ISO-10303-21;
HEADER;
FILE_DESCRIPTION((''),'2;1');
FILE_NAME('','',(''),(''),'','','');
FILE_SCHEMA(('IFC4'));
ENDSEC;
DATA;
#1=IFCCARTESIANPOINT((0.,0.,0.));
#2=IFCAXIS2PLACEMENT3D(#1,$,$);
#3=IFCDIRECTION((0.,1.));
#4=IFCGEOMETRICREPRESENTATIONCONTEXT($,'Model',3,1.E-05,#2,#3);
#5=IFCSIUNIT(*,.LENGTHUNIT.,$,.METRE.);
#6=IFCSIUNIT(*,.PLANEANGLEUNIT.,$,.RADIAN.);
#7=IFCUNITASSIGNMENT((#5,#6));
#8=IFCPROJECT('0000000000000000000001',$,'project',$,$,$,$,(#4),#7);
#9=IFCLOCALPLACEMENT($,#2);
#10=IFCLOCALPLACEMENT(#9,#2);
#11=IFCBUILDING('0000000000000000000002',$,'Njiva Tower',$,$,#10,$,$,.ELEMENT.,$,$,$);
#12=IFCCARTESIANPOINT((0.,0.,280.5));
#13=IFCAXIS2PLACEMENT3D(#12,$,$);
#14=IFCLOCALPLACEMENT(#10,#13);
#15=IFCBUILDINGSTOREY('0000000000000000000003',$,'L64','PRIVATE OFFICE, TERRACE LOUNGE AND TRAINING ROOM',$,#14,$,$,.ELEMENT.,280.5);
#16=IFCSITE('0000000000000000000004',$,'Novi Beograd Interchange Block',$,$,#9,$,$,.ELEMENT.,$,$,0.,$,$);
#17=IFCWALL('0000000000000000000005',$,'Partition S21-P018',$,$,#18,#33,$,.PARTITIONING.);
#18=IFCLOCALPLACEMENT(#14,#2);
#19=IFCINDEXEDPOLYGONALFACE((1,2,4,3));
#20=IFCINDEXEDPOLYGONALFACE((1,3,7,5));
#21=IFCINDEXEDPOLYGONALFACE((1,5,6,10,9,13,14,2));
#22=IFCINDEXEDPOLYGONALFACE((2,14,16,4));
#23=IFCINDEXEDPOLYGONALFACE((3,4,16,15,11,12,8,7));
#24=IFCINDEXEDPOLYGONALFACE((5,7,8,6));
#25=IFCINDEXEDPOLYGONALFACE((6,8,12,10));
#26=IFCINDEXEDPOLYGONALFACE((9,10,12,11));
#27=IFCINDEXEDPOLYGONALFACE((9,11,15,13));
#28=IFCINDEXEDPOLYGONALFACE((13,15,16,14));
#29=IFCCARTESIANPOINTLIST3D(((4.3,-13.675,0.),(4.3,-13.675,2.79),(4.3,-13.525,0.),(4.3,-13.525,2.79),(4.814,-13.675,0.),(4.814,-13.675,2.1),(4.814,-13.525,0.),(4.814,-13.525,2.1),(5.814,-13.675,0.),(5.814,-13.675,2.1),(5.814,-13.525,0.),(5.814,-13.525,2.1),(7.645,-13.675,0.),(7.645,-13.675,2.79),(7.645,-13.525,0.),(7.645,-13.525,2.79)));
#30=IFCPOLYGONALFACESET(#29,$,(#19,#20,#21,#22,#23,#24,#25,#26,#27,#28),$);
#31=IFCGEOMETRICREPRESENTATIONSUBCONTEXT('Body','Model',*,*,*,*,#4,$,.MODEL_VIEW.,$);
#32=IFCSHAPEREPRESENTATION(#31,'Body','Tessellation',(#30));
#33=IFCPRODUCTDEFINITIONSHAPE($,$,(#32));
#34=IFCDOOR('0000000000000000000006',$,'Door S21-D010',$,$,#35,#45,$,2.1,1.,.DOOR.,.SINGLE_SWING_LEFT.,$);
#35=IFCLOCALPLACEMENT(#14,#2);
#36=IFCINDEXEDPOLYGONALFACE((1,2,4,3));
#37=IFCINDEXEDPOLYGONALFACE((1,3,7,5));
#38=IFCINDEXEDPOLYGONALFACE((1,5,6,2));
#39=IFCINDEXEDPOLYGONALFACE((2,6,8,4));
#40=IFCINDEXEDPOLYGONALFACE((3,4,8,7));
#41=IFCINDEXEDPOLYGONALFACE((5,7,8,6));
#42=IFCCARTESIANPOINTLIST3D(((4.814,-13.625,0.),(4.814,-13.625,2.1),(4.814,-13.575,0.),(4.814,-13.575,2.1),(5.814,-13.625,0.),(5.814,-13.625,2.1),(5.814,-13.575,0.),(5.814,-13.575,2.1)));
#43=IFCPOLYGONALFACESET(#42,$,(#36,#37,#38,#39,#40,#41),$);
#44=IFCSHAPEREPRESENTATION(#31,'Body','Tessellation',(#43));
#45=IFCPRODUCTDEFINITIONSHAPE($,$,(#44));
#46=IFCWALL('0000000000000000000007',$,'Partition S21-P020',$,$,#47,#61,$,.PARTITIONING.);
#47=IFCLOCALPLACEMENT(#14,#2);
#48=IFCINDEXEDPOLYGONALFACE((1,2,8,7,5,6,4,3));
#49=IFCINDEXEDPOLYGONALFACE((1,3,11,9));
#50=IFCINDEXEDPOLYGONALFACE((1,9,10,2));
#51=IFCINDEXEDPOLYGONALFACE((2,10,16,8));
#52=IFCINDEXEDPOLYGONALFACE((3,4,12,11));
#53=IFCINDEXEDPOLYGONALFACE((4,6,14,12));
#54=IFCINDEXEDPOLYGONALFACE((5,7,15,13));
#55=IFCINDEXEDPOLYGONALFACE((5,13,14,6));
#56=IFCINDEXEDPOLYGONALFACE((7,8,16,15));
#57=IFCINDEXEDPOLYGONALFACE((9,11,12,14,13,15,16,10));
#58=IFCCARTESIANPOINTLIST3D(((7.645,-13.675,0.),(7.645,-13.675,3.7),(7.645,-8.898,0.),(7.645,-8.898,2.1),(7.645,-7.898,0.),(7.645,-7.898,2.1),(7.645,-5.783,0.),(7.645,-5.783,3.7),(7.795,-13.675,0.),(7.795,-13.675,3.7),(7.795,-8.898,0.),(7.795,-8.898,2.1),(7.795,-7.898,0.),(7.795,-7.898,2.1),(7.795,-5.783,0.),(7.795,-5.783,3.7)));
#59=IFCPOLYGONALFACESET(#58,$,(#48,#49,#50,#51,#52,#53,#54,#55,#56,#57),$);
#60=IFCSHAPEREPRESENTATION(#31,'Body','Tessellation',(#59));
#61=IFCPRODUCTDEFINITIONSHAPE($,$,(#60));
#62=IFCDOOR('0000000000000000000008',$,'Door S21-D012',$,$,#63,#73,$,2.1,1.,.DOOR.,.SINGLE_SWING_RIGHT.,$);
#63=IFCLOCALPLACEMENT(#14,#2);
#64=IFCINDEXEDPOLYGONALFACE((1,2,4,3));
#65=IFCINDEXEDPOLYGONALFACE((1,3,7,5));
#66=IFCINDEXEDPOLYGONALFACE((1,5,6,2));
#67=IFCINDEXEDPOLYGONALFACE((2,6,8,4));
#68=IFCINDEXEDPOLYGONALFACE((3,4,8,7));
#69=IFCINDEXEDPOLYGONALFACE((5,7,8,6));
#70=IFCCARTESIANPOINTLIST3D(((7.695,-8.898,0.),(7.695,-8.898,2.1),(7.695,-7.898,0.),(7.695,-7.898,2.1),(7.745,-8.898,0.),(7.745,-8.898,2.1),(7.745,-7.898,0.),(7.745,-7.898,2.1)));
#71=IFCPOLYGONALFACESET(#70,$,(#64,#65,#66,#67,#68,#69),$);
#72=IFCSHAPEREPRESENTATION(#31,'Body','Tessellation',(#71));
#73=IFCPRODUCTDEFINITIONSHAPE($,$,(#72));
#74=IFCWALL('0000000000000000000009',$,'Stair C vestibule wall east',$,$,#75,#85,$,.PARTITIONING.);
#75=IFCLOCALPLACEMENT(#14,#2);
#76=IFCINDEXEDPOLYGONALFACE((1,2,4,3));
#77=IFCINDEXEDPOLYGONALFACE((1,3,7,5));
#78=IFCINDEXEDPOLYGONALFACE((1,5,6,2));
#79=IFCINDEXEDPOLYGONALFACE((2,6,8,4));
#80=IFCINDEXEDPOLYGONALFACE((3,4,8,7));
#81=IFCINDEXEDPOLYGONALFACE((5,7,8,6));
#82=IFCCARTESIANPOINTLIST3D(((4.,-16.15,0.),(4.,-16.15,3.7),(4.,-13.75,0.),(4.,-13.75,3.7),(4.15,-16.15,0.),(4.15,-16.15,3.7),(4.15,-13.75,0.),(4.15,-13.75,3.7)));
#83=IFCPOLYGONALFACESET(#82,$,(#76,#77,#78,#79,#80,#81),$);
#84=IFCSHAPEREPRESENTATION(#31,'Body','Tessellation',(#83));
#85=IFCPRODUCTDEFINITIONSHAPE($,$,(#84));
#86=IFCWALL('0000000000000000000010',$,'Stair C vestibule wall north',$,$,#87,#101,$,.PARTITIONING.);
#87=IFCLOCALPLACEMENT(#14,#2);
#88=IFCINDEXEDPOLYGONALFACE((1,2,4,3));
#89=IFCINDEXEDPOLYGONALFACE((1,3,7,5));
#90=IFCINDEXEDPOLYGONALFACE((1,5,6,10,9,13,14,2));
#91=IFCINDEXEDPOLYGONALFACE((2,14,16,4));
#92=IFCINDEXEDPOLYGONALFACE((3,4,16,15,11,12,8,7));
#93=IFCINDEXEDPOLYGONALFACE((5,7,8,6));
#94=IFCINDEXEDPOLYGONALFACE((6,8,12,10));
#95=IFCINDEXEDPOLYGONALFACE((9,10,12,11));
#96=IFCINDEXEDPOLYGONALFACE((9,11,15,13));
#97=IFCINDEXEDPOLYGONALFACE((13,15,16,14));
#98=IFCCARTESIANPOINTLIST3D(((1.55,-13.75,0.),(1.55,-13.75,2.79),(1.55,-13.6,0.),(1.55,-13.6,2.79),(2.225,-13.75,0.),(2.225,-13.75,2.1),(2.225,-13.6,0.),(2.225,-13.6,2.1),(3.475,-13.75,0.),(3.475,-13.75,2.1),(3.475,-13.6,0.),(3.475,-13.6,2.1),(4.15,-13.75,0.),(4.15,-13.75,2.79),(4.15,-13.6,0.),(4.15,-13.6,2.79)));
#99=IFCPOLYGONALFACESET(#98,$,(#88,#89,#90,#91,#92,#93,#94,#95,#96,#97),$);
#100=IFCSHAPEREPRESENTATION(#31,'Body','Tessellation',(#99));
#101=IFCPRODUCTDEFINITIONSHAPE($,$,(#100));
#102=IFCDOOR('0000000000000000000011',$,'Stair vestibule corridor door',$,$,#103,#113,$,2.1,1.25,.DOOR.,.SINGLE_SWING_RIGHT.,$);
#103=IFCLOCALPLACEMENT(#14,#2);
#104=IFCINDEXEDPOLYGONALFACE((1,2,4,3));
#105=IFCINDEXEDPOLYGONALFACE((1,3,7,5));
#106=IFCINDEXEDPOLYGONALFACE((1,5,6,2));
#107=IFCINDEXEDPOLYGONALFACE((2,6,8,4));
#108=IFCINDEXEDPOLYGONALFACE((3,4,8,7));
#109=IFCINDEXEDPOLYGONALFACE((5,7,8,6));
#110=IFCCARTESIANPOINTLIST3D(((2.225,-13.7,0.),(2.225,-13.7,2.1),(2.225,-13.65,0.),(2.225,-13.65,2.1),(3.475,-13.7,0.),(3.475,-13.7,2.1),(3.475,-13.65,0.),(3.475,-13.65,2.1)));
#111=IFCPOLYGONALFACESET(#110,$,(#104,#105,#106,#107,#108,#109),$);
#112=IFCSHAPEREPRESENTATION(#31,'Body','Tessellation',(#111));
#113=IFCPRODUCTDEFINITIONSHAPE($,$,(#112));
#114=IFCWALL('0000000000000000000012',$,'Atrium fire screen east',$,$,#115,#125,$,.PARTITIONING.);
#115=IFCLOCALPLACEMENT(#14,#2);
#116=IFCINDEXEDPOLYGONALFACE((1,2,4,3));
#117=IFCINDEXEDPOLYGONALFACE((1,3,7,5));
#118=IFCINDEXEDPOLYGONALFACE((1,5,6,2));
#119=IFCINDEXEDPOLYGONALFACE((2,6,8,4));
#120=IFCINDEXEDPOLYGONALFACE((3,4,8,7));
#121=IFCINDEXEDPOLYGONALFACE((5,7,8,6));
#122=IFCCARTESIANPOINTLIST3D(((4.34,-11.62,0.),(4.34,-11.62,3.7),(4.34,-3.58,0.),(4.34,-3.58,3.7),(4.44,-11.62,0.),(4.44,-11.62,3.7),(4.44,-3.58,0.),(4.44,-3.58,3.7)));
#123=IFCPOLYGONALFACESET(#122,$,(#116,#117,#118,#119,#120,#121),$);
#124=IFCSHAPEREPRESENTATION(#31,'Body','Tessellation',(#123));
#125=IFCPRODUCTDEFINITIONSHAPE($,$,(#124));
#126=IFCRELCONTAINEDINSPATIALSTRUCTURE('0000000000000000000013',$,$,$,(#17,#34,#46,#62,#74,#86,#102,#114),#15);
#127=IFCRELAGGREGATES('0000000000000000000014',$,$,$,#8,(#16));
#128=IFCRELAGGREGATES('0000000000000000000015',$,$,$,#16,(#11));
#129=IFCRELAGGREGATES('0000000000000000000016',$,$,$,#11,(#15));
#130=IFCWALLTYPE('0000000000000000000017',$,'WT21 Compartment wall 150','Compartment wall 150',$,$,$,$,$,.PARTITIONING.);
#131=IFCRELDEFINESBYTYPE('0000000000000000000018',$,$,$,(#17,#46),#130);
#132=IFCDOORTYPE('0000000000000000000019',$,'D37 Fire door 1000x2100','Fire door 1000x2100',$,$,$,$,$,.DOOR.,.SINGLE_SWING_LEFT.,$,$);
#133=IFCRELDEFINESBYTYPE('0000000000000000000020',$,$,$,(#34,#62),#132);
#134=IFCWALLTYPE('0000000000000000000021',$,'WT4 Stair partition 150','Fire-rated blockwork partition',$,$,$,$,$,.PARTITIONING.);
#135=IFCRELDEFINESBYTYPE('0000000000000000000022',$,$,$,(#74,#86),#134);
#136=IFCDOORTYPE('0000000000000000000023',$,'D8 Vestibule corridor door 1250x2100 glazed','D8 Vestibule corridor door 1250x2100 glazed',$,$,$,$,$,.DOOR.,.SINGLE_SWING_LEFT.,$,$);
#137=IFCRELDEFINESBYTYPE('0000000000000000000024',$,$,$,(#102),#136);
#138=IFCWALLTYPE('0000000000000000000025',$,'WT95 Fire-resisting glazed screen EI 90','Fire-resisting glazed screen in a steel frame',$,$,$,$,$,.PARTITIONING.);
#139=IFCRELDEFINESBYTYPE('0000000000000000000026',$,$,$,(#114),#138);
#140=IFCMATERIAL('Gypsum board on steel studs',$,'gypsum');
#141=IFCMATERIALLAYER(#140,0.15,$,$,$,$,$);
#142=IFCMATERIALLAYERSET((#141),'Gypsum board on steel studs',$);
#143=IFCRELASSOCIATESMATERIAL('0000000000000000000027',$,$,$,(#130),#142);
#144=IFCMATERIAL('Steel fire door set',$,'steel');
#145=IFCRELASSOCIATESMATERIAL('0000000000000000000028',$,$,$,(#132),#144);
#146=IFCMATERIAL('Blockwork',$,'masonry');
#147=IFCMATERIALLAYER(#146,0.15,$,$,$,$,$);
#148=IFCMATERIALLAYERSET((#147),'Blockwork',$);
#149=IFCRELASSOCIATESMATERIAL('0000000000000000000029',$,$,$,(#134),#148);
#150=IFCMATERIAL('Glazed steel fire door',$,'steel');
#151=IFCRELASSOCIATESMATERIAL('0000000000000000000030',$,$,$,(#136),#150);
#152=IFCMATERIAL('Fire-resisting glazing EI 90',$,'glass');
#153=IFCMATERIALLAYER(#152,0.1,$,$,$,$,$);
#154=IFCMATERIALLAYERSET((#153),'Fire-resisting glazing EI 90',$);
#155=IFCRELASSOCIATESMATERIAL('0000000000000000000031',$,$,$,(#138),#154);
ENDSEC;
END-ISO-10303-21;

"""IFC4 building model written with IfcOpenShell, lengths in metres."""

from ifc_helpers import new_model, si_unit, direction, frame, frame_2d, origin, place, context, subcontext, project, spatial, rectangle, extrude, material, layer, layer_set, type_object, element, fill, save


model = new_model("IFC4")

# Units and contexts
model_context = context("Model", 3, precision=1e-05, world=origin(), true_north=direction((0.0, 1.0)))
body_context = subcontext(model_context, "Body", "Model", "MODEL_VIEW")
ifc_project = project(units=[si_unit("LENGTHUNIT", "METRE"), si_unit("PLANEANGLEUNIT", "RADIAN")], contexts=[model_context])

# Site, building, storey
site_placement = place(None, origin())
site = spatial("IfcSite", under=ifc_project, at=site_placement, Name="Novi Beograd Interchange Block", CompositionType="ELEMENT", RefElevation=0.0)
building_placement = place(site_placement, origin())
building = spatial("IfcBuilding", under=site, at=building_placement, Name="Njiva Tower", CompositionType="ELEMENT")
storey_placement = place(building_placement, frame((0.0, 0.0, 280.5)))
storey = spatial("IfcBuildingStorey", under=building, at=storey_placement, Name="L64", Description="PRIVATE OFFICE, TERRACE LOUNGE AND TRAINING ROOM", CompositionType="ELEMENT", Elevation=280.5)

# Walls, openings, doors
ifc_material_1 = material(Name="Gypsum board on steel studs", Category="gypsum")
ifc_layer_1 = layer(ifc_material_1, 0.15)
ifc_layer_set_1 = layer_set([ifc_layer_1], Name="Gypsum board on steel studs")
wall_type_1 = type_object("IfcWallType", Name="WT21 Compartment wall 150", Description="Compartment wall 150", PredefinedType="PARTITIONING", material=ifc_layer_set_1)
wall_1_placement = place(storey_placement, frame((4.3, -13.6, 0.0), z_axis=(0.0, 0.0, 1.0), x_axis=(1.0, 0.0, 0.0)))
wall_1 = element("IfcWall", 1, at=wall_1_placement, inside=storey, type_object=wall_type_1, Name="Partition S21-P018", PredefinedType="PARTITIONING", context=body_context, shape_type="SweptSolid", body=[
    extrude(rectangle(XDim=3.345, YDim=0.15, at=frame_2d((1.6725, 0.0))), origin(), (0.0, 0.0, 1.0), 2.79),
])
opening_1_placement = place(wall_1_placement, frame((0.514, 0.0, 0.0)))
opening_1 = element("IfcOpeningElement", 2, at=opening_1_placement, cuts=wall_1, PredefinedType="OPENING", context=body_context, shape_type="SweptSolid", body=[
    extrude(rectangle(XDim=1.0, YDim=2.1, at=frame_2d((0.5, 1.05))), frame((0.0, 0.085, 0.0), z_axis=(0.0, -1.0, 0.0), x_axis=(1.0, 0.0, 0.0)), (0.0, 0.0, 1.0), 0.17),
])
ifc_material_2 = material(Name="Steel fire door set", Category="steel")
door_type_1 = type_object("IfcDoorType", Name="D37 Fire door 1000x2100", Description="Fire door 1000x2100", OperationType="SINGLE_SWING_LEFT", PredefinedType="DOOR", material=ifc_material_2)
door_1_placement = place(opening_1_placement, origin())
door_1 = element("IfcDoor", 3, at=door_1_placement, inside=storey, type_object=door_type_1, Name="Door S21-D010", OperationType="SINGLE_SWING_LEFT", OverallHeight=2.1, OverallWidth=1.0, PredefinedType="DOOR", context=body_context, shape_type="SweptSolid", body=[
    extrude(rectangle(XDim=1.0, YDim=2.1, at=frame_2d((0.5, 1.05))), frame((0.0, 0.025, 0.0), z_axis=(0.0, -1.0, 0.0), x_axis=(1.0, 0.0, 0.0)), (0.0, 0.0, 1.0), 0.05),
])
fill(opening_1, door_1)
wall_2_placement = place(storey_placement, frame((7.72, -13.675, 0.0), z_axis=(0.0, 0.0, 1.0), x_axis=(0.0, 1.0, 0.0)))
wall_2 = element("IfcWall", 4, at=wall_2_placement, inside=storey, type_object=wall_type_1, Name="Partition S21-P020", PredefinedType="PARTITIONING", context=body_context, shape_type="SweptSolid", body=[
    extrude(rectangle(XDim=7.892, YDim=0.15, at=frame_2d((3.946, 0.0))), origin(), (0.0, 0.0, 1.0), 3.7),
])
opening_2_placement = place(wall_2_placement, frame((4.777, 0.0, 0.0)))
opening_2 = element("IfcOpeningElement", 5, at=opening_2_placement, cuts=wall_2, PredefinedType="OPENING", context=body_context, shape_type="SweptSolid", body=[
    extrude(rectangle(XDim=1.0, YDim=2.1, at=frame_2d((0.5, 1.05))), frame((0.0, 0.085, 0.0), z_axis=(0.0, -1.0, 0.0), x_axis=(1.0, 0.0, 0.0)), (0.0, 0.0, 1.0), 0.17),
])
door_2_placement = place(opening_2_placement, origin())
door_2 = element("IfcDoor", 6, at=door_2_placement, inside=storey, type_object=door_type_1, Name="Door S21-D012", OperationType="SINGLE_SWING_RIGHT", OverallHeight=2.1, OverallWidth=1.0, PredefinedType="DOOR", context=body_context, shape_type="SweptSolid", body=[
    extrude(rectangle(XDim=1.0, YDim=2.1, at=frame_2d((0.5, 1.05))), frame((0.0, 0.025, 0.0), z_axis=(0.0, -1.0, 0.0), x_axis=(1.0, 0.0, 0.0)), (0.0, 0.0, 1.0), 0.05),
])
fill(opening_2, door_2)

# Wall
ifc_material_3 = material(Name="Blockwork", Category="masonry")
ifc_layer_2 = layer(ifc_material_3, 0.15)
ifc_layer_set_2 = layer_set([ifc_layer_2], Name="Blockwork")
wall_type_2 = type_object("IfcWallType", Name="WT4 Stair partition 150", Description="Fire-rated blockwork partition", PredefinedType="PARTITIONING", material=ifc_layer_set_2)
wall_3_placement = place(storey_placement, frame((4.075, -16.15, 0.0), z_axis=(0.0, 0.0, 1.0), x_axis=(0.0, 1.0, 0.0)))
element("IfcWall", 7, at=wall_3_placement, inside=storey, type_object=wall_type_2, Name="Stair C vestibule wall east", PredefinedType="PARTITIONING", context=body_context, shape_type="SweptSolid", body=[
    extrude(rectangle(XDim=2.4, YDim=0.15, at=frame_2d((1.2, 0.0))), origin(), (0.0, 0.0, 1.0), 3.7),
])

# Wall, opening, door
wall_4_placement = place(storey_placement, frame((1.55, -13.675, 0.0), z_axis=(0.0, 0.0, 1.0), x_axis=(1.0, 0.0, 0.0)))
wall_4 = element("IfcWall", 8, at=wall_4_placement, inside=storey, type_object=wall_type_2, Name="Stair C vestibule wall north", PredefinedType="PARTITIONING", context=body_context, shape_type="SweptSolid", body=[
    extrude(rectangle(XDim=2.6, YDim=0.15, at=frame_2d((1.3, 0.0))), origin(), (0.0, 0.0, 1.0), 2.79),
])
opening_3_placement = place(wall_4_placement, frame((0.675, 0.0, 0.0)))
opening_3 = element("IfcOpeningElement", 9, at=opening_3_placement, cuts=wall_4, PredefinedType="OPENING", context=body_context, shape_type="SweptSolid", body=[
    extrude(rectangle(XDim=1.25, YDim=2.1, at=frame_2d((0.625, 1.05))), frame((0.0, 0.085, 0.0), z_axis=(0.0, -1.0, 0.0), x_axis=(1.0, 0.0, 0.0)), (0.0, 0.0, 1.0), 0.17),
])
ifc_material_4 = material(Name="Glazed steel fire door", Category="steel")
door_type_2 = type_object("IfcDoorType", Name="D8 Vestibule corridor door 1250x2100 glazed", Description="D8 Vestibule corridor door 1250x2100 glazed", OperationType="SINGLE_SWING_LEFT", PredefinedType="DOOR", material=ifc_material_4)
door_3_placement = place(opening_3_placement, origin())
door_3 = element("IfcDoor", 10, at=door_3_placement, inside=storey, type_object=door_type_2, Name="Stair vestibule corridor door", OperationType="SINGLE_SWING_RIGHT", OverallHeight=2.1, OverallWidth=1.25, PredefinedType="DOOR", context=body_context, shape_type="SweptSolid", body=[
    extrude(rectangle(XDim=1.25, YDim=2.1, at=frame_2d((0.625, 1.05))), frame((0.0, 0.025, 0.0), z_axis=(0.0, -1.0, 0.0), x_axis=(1.0, 0.0, 0.0)), (0.0, 0.0, 1.0), 0.05),
])
fill(opening_3, door_3)

# Wall
ifc_material_5 = material(Name="Fire-resisting glazing EI 90", Category="glass")
ifc_layer_3 = layer(ifc_material_5, 0.1)
ifc_layer_set_3 = layer_set([ifc_layer_3], Name="Fire-resisting glazing EI 90")
wall_type_3 = type_object("IfcWallType", Name="WT95 Fire-resisting glazed screen EI 90", Description="Fire-resisting glazed screen in a steel frame", PredefinedType="PARTITIONING", material=ifc_layer_set_3)
wall_5_placement = place(storey_placement, frame((4.39, -11.62, 0.0), z_axis=(0.0, 0.0, 1.0), x_axis=(0.0, 1.0, 0.0)))
element("IfcWall", 11, at=wall_5_placement, inside=storey, type_object=wall_type_3, Name="Atrium fire screen east", PredefinedType="PARTITIONING", context=body_context, shape_type="SweptSolid", body=[
    extrude(rectangle(XDim=8.04, YDim=0.1, at=frame_2d((4.02, 0.0))), origin(), (0.0, 0.0, 1.0), 3.7),
])

save(model, "model.ifc")
